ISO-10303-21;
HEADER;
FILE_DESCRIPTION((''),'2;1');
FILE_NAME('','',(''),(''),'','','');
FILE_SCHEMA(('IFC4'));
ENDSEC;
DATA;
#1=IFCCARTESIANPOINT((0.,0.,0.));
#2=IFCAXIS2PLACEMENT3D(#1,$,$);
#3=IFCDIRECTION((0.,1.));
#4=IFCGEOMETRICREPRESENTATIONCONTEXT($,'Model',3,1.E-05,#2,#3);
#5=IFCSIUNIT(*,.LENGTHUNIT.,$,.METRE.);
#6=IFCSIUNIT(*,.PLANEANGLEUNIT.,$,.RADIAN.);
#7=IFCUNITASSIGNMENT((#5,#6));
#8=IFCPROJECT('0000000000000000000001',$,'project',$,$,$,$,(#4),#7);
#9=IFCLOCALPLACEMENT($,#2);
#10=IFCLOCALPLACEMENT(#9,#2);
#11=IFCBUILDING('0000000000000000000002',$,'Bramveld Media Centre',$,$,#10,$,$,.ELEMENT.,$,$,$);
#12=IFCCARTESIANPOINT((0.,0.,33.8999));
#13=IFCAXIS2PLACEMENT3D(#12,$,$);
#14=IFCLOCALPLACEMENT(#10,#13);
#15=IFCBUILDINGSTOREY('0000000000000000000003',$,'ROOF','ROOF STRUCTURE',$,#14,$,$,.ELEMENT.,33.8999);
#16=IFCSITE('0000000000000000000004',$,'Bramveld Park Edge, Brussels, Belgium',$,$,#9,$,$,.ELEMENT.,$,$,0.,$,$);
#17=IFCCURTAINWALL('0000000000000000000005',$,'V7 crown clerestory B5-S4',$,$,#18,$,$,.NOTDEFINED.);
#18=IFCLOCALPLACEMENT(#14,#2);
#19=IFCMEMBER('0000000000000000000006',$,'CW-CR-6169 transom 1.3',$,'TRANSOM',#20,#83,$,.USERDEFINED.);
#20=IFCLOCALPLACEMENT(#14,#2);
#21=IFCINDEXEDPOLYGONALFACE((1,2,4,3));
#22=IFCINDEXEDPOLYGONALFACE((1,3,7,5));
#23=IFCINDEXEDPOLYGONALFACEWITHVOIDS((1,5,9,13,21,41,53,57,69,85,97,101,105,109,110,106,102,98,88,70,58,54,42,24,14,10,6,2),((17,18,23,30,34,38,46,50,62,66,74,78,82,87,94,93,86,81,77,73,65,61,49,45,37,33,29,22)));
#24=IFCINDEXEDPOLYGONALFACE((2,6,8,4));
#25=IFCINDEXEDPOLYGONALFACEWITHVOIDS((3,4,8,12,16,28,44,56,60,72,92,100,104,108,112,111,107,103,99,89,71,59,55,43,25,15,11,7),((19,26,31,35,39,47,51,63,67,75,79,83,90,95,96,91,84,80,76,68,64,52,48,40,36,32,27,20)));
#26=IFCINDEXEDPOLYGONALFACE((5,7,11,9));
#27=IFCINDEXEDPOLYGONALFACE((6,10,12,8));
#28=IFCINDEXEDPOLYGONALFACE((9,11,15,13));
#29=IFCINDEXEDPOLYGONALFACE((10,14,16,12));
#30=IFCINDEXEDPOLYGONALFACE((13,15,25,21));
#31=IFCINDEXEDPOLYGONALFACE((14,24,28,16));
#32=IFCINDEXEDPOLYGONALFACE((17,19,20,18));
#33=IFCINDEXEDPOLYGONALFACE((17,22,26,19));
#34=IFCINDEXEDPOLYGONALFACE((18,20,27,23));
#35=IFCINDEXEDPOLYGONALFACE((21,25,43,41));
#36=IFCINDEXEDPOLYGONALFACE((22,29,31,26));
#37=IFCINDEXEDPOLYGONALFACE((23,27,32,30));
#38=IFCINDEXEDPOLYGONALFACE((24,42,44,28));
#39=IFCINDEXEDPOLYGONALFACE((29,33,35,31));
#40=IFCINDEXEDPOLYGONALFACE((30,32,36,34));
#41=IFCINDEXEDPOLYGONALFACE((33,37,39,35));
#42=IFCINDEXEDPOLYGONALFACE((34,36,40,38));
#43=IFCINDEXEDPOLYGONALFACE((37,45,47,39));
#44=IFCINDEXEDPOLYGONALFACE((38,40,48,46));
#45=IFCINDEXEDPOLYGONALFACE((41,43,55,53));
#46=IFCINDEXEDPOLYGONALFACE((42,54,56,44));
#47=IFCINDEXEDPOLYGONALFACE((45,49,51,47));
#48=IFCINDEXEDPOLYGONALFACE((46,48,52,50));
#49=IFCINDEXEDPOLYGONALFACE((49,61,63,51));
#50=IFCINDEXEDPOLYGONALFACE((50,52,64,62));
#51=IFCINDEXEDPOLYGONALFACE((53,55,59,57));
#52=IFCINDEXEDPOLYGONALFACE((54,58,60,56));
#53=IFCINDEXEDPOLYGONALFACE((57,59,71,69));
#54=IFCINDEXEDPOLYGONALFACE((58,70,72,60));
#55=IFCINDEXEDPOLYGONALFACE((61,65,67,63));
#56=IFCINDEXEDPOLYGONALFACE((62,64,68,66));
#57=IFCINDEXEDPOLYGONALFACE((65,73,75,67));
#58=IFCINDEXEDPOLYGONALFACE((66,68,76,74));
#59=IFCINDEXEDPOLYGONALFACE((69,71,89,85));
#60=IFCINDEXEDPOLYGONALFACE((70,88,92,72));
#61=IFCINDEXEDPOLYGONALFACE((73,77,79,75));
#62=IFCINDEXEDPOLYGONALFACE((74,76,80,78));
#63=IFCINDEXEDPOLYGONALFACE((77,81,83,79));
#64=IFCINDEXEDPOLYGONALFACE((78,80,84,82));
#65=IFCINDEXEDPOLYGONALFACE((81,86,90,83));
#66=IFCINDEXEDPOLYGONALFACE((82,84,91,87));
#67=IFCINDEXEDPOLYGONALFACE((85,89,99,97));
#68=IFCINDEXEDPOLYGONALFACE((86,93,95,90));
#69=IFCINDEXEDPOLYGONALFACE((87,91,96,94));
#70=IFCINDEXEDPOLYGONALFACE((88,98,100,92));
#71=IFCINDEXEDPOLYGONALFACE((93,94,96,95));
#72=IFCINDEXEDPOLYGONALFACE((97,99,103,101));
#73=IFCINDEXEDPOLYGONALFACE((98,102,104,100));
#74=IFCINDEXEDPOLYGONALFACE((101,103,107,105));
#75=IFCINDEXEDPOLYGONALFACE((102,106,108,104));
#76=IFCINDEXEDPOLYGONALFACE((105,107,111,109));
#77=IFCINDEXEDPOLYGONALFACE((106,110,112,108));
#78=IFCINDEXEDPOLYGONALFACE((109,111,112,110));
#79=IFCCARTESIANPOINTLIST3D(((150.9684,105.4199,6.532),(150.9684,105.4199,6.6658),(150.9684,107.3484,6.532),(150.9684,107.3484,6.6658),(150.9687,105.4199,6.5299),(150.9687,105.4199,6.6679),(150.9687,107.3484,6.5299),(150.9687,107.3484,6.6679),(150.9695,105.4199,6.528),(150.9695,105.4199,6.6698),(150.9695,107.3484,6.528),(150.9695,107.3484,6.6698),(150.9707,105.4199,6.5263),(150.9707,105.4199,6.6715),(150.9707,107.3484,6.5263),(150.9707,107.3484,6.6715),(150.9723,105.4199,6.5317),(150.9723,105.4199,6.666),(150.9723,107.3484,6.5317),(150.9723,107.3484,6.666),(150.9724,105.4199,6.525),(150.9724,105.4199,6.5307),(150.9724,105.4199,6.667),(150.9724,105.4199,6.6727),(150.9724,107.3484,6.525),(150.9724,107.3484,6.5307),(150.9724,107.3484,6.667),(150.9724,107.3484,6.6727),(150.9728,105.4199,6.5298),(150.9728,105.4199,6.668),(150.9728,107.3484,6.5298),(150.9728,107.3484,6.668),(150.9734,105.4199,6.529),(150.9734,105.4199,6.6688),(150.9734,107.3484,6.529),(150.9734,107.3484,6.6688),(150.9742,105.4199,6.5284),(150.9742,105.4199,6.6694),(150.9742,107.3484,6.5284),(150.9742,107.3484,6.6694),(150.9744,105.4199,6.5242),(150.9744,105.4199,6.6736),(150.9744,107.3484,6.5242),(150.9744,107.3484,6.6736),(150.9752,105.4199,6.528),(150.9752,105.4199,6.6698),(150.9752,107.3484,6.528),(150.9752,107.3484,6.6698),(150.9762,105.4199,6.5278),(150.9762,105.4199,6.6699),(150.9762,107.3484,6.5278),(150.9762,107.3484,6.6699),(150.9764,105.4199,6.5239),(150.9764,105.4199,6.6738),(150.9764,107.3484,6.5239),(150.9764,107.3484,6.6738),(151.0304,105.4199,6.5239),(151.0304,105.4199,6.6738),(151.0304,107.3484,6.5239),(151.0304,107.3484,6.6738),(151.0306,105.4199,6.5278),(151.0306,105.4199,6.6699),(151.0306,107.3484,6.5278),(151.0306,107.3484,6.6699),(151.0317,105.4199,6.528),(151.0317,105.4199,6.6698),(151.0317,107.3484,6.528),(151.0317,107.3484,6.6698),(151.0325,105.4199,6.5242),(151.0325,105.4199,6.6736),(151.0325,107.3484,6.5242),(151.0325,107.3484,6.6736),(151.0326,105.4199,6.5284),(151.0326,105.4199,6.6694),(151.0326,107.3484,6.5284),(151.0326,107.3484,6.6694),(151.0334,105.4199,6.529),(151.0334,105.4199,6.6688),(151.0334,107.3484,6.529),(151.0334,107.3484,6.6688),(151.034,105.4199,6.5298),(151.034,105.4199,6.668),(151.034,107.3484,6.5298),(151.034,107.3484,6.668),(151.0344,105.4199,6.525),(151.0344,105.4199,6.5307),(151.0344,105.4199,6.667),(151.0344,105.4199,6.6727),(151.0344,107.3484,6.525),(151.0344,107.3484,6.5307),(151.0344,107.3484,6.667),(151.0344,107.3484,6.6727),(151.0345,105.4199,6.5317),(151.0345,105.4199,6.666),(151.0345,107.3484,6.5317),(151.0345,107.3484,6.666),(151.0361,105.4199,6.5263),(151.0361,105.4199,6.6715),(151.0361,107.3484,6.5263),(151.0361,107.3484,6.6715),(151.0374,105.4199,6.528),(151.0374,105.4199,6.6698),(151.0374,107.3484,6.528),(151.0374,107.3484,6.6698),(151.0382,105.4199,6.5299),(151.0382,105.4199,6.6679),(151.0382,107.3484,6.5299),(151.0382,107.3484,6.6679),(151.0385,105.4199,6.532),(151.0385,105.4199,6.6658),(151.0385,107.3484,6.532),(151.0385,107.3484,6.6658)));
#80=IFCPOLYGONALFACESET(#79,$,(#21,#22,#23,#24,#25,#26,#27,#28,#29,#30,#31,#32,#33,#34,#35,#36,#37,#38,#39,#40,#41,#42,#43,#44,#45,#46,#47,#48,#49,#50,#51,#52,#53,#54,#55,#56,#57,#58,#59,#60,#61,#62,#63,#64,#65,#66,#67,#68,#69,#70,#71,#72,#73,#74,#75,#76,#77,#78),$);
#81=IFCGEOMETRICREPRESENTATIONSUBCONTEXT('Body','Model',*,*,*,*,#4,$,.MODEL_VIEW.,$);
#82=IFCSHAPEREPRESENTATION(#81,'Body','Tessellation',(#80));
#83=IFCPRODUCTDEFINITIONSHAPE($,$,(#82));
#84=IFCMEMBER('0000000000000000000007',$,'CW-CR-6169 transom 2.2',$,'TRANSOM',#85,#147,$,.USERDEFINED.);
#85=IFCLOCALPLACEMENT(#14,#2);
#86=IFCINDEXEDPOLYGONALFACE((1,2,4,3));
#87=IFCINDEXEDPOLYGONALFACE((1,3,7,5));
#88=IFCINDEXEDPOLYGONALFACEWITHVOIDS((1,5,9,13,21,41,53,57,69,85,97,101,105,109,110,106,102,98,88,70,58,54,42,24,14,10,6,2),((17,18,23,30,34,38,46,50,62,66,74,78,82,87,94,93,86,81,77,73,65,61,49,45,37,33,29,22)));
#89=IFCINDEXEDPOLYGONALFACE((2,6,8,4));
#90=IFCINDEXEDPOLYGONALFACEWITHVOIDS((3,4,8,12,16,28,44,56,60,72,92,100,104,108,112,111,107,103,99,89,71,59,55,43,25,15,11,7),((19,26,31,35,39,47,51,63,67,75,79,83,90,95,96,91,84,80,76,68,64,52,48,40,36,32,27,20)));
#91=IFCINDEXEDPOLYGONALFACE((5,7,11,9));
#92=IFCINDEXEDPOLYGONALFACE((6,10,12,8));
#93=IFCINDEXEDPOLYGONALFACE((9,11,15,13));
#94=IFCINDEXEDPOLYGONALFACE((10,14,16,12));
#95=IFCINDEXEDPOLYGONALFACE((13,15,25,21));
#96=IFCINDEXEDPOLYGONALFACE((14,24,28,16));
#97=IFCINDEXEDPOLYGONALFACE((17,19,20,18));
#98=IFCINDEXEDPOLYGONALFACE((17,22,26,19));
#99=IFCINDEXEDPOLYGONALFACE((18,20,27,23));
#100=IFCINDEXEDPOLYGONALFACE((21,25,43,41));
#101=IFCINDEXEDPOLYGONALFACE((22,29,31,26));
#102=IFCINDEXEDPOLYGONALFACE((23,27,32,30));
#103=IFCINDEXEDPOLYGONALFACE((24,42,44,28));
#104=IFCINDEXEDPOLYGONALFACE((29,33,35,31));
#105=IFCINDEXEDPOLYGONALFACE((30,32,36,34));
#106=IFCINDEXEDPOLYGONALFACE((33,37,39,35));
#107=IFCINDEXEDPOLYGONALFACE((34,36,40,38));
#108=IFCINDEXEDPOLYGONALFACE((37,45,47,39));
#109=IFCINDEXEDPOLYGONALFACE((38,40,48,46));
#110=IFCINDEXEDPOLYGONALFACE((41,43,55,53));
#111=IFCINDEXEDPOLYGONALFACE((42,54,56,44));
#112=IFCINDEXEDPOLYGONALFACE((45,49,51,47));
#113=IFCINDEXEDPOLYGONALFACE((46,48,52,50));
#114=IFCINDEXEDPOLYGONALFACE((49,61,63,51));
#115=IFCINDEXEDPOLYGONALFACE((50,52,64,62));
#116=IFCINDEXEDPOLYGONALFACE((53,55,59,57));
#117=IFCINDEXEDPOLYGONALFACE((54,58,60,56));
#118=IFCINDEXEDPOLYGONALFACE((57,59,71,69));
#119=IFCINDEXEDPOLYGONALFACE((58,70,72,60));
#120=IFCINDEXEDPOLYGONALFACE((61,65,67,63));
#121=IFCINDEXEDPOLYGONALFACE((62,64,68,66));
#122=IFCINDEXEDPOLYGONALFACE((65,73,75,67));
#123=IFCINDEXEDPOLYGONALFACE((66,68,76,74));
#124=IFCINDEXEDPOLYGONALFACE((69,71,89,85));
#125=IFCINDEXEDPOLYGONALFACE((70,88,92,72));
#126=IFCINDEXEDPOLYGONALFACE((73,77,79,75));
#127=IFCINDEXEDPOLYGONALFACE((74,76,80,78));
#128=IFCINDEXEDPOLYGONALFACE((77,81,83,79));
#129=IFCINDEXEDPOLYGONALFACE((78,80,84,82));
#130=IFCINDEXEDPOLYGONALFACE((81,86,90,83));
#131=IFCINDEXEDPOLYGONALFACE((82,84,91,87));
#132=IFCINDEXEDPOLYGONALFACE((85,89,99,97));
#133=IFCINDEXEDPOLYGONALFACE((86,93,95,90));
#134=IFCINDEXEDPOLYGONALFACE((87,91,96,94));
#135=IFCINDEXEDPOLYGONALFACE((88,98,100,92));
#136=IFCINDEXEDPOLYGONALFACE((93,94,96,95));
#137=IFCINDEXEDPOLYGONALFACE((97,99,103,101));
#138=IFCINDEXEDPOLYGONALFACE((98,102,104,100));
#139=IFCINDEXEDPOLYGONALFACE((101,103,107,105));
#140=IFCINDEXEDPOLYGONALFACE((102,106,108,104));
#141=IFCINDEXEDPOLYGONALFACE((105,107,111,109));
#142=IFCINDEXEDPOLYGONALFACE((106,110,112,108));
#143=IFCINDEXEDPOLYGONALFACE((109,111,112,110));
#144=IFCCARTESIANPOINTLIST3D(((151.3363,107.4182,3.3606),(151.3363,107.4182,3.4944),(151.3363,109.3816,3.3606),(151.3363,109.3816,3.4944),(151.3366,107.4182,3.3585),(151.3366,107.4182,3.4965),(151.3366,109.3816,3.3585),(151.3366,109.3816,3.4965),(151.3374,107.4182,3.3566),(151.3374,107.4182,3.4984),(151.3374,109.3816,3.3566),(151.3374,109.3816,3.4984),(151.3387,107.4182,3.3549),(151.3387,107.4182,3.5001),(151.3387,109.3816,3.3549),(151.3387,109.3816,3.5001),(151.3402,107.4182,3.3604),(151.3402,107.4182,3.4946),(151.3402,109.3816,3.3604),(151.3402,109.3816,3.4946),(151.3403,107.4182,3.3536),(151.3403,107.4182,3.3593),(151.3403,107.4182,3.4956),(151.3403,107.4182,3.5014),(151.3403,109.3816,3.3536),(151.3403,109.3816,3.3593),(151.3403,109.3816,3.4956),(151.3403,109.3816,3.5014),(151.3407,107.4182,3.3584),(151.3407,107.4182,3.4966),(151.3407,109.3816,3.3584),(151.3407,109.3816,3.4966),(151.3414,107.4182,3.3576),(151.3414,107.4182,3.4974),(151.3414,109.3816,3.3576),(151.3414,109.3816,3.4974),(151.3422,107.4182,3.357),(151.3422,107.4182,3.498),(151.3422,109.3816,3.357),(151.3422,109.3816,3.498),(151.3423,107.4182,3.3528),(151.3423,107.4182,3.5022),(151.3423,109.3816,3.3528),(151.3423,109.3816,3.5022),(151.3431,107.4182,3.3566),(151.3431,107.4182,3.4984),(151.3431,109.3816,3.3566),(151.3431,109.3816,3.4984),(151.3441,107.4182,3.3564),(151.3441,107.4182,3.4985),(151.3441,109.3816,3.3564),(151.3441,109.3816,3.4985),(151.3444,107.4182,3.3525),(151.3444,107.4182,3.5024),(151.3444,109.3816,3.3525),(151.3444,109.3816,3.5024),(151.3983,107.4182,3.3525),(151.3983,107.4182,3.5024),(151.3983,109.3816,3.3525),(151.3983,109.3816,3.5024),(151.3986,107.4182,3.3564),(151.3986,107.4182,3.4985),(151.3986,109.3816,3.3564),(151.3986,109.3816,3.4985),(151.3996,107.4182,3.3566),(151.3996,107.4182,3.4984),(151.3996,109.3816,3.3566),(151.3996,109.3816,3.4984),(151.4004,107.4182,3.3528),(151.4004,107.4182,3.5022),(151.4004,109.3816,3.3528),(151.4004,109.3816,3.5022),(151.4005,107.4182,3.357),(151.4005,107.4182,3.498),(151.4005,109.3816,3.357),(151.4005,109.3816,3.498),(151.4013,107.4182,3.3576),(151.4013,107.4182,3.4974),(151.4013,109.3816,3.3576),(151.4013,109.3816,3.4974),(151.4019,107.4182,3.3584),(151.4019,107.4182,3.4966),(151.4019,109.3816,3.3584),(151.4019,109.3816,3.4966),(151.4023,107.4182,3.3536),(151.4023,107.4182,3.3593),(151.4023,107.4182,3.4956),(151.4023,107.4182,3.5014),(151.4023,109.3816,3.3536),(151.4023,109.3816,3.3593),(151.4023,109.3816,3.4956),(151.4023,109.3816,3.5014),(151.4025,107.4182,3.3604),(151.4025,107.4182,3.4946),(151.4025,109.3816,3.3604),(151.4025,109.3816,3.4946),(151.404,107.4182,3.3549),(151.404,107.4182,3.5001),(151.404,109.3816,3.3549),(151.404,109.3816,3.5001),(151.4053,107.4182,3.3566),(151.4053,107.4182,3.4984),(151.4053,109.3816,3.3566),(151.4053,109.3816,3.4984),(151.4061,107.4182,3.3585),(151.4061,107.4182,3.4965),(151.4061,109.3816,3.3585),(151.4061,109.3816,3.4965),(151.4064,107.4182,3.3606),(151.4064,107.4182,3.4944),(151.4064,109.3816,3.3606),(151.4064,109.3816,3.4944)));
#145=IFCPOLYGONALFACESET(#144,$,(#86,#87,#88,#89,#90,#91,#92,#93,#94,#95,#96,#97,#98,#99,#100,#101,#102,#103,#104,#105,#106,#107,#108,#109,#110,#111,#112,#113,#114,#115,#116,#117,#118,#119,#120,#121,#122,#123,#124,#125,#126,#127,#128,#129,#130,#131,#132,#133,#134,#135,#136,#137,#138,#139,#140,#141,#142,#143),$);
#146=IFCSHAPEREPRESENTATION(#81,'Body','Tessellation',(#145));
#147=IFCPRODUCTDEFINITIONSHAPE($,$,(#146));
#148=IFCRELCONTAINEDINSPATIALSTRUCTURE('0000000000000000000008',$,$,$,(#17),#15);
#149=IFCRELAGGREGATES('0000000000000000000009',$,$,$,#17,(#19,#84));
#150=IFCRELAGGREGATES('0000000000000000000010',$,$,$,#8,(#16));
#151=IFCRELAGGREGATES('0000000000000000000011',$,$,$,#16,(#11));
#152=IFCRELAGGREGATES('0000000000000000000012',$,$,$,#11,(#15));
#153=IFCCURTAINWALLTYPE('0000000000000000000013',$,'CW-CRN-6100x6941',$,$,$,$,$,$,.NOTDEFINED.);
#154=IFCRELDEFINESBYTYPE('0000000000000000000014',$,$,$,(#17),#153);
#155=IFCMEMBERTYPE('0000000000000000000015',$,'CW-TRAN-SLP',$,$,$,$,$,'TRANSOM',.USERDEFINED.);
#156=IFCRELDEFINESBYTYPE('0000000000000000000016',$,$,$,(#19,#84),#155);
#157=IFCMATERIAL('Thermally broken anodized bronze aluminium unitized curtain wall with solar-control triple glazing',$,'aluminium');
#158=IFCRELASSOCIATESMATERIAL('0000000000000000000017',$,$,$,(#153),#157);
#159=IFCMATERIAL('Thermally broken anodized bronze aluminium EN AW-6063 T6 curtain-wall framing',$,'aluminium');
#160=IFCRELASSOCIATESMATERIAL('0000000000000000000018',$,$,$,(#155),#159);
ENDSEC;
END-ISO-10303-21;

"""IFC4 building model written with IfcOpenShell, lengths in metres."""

from ifc_helpers import new_model, si_unit, direction, frame, origin, origin_2d, place, context, subcontext, project, spatial, hollow_rectangle, extrude, material, material_profile, profile_set, type_object, element, aggregate, save


model = new_model("IFC4")

# Units and contexts
model_context = context("Model", 3, precision=1e-05, world=origin(), true_north=direction((0.0, 1.0)))
body_context = subcontext(model_context, "Body", "Model", "MODEL_VIEW")
ifc_project = project(units=[si_unit("LENGTHUNIT", "METRE"), si_unit("PLANEANGLEUNIT", "RADIAN")], contexts=[model_context])

# Site, building, storey
site_placement = place(None, origin())
site = spatial("IfcSite", under=ifc_project, at=site_placement, Name="Bramveld Park Edge, Brussels, Belgium", CompositionType="ELEMENT", RefElevation=0.0)
building_placement = place(site_placement, origin())
building = spatial("IfcBuilding", under=site, at=building_placement, Name="Bramveld Media Centre", CompositionType="ELEMENT")
storey_placement = place(building_placement, frame((0.0, 0.0, 33.8999)))
storey = spatial("IfcBuildingStorey", under=building, at=storey_placement, Name="ROOF", Description="ROOF STRUCTURE", CompositionType="ELEMENT", Elevation=33.8999)

# Curtain wall, members
ifc_material_1 = material(Name="Thermally broken anodized bronze aluminium unitized curtain wall with solar-control triple glazing", Category="aluminium")
curtain_wall_type = type_object("IfcCurtainWallType", Name="CW-CRN-6100x6941", PredefinedType="NOTDEFINED", material=ifc_material_1)
ifc_material_2 = material(Name="Thermally broken anodized bronze aluminium EN AW-6063 T6 curtain-wall framing", Category="aluminium")
ifc_material_profile = material_profile(ifc_material_2, hollow_rectangle(XDim=0.0701, YDim=0.1499, WallThickness=0.0039, InnerFilletRadius=0.0039, OuterFilletRadius=0.0081, at=origin_2d()), Name="AL-TRAN 70x150")
ifc_profile_set = profile_set([ifc_material_profile], Name="Thermally broken anodized bronze aluminium EN AW-6063 T6 curtain-wall framing")
member_type = type_object("IfcMemberType", Name="CW-TRAN-SLP", ElementType="TRANSOM", PredefinedType="USERDEFINED", material=ifc_profile_set)
curtain_wall_1_placement = place(storey_placement, origin())
curtain_wall_1 = element("IfcCurtainWall", 1, at=curtain_wall_1_placement, inside=storey, type_object=curtain_wall_type, Name="V7 crown clerestory B5-S4", PredefinedType="NOTDEFINED")
member_1_placement = place(storey_placement, frame((151.0034, 105.4199, 6.5989), z_axis=(0.0, 1.0, 0.0), x_axis=(-1.0, 0.0, 0.0)))
member_1 = element("IfcMember", 2, at=member_1_placement, type_object=member_type, Name="CW-CR-6169 transom 1.3", ObjectType="TRANSOM", PredefinedType="USERDEFINED", context=body_context, shape_type="SweptSolid", body=[
    extrude(hollow_rectangle(XDim=0.0701, YDim=0.1499, WallThickness=0.0039, InnerFilletRadius=0.0039, OuterFilletRadius=0.0081, at=origin_2d()), origin(), (0.0, 0.0, 1.0), 1.9285),
])
member_2_placement = place(storey_placement, frame((151.3713, 107.4182, 3.4275), z_axis=(0.0, 1.0, 0.0), x_axis=(-1.0, 0.0, 0.0)))
member_2 = element("IfcMember", 3, at=member_2_placement, type_object=member_type, Name="CW-CR-6169 transom 2.2", ObjectType="TRANSOM", PredefinedType="USERDEFINED", context=body_context, shape_type="SweptSolid", body=[
    extrude(hollow_rectangle(XDim=0.0701, YDim=0.1499, WallThickness=0.0039, InnerFilletRadius=0.0039, OuterFilletRadius=0.0081, at=origin_2d()), origin(), (0.0, 0.0, 1.0), 1.9634),
])

aggregate(curtain_wall_1, [member_1, member_2])

save(model, "model.ifc")
